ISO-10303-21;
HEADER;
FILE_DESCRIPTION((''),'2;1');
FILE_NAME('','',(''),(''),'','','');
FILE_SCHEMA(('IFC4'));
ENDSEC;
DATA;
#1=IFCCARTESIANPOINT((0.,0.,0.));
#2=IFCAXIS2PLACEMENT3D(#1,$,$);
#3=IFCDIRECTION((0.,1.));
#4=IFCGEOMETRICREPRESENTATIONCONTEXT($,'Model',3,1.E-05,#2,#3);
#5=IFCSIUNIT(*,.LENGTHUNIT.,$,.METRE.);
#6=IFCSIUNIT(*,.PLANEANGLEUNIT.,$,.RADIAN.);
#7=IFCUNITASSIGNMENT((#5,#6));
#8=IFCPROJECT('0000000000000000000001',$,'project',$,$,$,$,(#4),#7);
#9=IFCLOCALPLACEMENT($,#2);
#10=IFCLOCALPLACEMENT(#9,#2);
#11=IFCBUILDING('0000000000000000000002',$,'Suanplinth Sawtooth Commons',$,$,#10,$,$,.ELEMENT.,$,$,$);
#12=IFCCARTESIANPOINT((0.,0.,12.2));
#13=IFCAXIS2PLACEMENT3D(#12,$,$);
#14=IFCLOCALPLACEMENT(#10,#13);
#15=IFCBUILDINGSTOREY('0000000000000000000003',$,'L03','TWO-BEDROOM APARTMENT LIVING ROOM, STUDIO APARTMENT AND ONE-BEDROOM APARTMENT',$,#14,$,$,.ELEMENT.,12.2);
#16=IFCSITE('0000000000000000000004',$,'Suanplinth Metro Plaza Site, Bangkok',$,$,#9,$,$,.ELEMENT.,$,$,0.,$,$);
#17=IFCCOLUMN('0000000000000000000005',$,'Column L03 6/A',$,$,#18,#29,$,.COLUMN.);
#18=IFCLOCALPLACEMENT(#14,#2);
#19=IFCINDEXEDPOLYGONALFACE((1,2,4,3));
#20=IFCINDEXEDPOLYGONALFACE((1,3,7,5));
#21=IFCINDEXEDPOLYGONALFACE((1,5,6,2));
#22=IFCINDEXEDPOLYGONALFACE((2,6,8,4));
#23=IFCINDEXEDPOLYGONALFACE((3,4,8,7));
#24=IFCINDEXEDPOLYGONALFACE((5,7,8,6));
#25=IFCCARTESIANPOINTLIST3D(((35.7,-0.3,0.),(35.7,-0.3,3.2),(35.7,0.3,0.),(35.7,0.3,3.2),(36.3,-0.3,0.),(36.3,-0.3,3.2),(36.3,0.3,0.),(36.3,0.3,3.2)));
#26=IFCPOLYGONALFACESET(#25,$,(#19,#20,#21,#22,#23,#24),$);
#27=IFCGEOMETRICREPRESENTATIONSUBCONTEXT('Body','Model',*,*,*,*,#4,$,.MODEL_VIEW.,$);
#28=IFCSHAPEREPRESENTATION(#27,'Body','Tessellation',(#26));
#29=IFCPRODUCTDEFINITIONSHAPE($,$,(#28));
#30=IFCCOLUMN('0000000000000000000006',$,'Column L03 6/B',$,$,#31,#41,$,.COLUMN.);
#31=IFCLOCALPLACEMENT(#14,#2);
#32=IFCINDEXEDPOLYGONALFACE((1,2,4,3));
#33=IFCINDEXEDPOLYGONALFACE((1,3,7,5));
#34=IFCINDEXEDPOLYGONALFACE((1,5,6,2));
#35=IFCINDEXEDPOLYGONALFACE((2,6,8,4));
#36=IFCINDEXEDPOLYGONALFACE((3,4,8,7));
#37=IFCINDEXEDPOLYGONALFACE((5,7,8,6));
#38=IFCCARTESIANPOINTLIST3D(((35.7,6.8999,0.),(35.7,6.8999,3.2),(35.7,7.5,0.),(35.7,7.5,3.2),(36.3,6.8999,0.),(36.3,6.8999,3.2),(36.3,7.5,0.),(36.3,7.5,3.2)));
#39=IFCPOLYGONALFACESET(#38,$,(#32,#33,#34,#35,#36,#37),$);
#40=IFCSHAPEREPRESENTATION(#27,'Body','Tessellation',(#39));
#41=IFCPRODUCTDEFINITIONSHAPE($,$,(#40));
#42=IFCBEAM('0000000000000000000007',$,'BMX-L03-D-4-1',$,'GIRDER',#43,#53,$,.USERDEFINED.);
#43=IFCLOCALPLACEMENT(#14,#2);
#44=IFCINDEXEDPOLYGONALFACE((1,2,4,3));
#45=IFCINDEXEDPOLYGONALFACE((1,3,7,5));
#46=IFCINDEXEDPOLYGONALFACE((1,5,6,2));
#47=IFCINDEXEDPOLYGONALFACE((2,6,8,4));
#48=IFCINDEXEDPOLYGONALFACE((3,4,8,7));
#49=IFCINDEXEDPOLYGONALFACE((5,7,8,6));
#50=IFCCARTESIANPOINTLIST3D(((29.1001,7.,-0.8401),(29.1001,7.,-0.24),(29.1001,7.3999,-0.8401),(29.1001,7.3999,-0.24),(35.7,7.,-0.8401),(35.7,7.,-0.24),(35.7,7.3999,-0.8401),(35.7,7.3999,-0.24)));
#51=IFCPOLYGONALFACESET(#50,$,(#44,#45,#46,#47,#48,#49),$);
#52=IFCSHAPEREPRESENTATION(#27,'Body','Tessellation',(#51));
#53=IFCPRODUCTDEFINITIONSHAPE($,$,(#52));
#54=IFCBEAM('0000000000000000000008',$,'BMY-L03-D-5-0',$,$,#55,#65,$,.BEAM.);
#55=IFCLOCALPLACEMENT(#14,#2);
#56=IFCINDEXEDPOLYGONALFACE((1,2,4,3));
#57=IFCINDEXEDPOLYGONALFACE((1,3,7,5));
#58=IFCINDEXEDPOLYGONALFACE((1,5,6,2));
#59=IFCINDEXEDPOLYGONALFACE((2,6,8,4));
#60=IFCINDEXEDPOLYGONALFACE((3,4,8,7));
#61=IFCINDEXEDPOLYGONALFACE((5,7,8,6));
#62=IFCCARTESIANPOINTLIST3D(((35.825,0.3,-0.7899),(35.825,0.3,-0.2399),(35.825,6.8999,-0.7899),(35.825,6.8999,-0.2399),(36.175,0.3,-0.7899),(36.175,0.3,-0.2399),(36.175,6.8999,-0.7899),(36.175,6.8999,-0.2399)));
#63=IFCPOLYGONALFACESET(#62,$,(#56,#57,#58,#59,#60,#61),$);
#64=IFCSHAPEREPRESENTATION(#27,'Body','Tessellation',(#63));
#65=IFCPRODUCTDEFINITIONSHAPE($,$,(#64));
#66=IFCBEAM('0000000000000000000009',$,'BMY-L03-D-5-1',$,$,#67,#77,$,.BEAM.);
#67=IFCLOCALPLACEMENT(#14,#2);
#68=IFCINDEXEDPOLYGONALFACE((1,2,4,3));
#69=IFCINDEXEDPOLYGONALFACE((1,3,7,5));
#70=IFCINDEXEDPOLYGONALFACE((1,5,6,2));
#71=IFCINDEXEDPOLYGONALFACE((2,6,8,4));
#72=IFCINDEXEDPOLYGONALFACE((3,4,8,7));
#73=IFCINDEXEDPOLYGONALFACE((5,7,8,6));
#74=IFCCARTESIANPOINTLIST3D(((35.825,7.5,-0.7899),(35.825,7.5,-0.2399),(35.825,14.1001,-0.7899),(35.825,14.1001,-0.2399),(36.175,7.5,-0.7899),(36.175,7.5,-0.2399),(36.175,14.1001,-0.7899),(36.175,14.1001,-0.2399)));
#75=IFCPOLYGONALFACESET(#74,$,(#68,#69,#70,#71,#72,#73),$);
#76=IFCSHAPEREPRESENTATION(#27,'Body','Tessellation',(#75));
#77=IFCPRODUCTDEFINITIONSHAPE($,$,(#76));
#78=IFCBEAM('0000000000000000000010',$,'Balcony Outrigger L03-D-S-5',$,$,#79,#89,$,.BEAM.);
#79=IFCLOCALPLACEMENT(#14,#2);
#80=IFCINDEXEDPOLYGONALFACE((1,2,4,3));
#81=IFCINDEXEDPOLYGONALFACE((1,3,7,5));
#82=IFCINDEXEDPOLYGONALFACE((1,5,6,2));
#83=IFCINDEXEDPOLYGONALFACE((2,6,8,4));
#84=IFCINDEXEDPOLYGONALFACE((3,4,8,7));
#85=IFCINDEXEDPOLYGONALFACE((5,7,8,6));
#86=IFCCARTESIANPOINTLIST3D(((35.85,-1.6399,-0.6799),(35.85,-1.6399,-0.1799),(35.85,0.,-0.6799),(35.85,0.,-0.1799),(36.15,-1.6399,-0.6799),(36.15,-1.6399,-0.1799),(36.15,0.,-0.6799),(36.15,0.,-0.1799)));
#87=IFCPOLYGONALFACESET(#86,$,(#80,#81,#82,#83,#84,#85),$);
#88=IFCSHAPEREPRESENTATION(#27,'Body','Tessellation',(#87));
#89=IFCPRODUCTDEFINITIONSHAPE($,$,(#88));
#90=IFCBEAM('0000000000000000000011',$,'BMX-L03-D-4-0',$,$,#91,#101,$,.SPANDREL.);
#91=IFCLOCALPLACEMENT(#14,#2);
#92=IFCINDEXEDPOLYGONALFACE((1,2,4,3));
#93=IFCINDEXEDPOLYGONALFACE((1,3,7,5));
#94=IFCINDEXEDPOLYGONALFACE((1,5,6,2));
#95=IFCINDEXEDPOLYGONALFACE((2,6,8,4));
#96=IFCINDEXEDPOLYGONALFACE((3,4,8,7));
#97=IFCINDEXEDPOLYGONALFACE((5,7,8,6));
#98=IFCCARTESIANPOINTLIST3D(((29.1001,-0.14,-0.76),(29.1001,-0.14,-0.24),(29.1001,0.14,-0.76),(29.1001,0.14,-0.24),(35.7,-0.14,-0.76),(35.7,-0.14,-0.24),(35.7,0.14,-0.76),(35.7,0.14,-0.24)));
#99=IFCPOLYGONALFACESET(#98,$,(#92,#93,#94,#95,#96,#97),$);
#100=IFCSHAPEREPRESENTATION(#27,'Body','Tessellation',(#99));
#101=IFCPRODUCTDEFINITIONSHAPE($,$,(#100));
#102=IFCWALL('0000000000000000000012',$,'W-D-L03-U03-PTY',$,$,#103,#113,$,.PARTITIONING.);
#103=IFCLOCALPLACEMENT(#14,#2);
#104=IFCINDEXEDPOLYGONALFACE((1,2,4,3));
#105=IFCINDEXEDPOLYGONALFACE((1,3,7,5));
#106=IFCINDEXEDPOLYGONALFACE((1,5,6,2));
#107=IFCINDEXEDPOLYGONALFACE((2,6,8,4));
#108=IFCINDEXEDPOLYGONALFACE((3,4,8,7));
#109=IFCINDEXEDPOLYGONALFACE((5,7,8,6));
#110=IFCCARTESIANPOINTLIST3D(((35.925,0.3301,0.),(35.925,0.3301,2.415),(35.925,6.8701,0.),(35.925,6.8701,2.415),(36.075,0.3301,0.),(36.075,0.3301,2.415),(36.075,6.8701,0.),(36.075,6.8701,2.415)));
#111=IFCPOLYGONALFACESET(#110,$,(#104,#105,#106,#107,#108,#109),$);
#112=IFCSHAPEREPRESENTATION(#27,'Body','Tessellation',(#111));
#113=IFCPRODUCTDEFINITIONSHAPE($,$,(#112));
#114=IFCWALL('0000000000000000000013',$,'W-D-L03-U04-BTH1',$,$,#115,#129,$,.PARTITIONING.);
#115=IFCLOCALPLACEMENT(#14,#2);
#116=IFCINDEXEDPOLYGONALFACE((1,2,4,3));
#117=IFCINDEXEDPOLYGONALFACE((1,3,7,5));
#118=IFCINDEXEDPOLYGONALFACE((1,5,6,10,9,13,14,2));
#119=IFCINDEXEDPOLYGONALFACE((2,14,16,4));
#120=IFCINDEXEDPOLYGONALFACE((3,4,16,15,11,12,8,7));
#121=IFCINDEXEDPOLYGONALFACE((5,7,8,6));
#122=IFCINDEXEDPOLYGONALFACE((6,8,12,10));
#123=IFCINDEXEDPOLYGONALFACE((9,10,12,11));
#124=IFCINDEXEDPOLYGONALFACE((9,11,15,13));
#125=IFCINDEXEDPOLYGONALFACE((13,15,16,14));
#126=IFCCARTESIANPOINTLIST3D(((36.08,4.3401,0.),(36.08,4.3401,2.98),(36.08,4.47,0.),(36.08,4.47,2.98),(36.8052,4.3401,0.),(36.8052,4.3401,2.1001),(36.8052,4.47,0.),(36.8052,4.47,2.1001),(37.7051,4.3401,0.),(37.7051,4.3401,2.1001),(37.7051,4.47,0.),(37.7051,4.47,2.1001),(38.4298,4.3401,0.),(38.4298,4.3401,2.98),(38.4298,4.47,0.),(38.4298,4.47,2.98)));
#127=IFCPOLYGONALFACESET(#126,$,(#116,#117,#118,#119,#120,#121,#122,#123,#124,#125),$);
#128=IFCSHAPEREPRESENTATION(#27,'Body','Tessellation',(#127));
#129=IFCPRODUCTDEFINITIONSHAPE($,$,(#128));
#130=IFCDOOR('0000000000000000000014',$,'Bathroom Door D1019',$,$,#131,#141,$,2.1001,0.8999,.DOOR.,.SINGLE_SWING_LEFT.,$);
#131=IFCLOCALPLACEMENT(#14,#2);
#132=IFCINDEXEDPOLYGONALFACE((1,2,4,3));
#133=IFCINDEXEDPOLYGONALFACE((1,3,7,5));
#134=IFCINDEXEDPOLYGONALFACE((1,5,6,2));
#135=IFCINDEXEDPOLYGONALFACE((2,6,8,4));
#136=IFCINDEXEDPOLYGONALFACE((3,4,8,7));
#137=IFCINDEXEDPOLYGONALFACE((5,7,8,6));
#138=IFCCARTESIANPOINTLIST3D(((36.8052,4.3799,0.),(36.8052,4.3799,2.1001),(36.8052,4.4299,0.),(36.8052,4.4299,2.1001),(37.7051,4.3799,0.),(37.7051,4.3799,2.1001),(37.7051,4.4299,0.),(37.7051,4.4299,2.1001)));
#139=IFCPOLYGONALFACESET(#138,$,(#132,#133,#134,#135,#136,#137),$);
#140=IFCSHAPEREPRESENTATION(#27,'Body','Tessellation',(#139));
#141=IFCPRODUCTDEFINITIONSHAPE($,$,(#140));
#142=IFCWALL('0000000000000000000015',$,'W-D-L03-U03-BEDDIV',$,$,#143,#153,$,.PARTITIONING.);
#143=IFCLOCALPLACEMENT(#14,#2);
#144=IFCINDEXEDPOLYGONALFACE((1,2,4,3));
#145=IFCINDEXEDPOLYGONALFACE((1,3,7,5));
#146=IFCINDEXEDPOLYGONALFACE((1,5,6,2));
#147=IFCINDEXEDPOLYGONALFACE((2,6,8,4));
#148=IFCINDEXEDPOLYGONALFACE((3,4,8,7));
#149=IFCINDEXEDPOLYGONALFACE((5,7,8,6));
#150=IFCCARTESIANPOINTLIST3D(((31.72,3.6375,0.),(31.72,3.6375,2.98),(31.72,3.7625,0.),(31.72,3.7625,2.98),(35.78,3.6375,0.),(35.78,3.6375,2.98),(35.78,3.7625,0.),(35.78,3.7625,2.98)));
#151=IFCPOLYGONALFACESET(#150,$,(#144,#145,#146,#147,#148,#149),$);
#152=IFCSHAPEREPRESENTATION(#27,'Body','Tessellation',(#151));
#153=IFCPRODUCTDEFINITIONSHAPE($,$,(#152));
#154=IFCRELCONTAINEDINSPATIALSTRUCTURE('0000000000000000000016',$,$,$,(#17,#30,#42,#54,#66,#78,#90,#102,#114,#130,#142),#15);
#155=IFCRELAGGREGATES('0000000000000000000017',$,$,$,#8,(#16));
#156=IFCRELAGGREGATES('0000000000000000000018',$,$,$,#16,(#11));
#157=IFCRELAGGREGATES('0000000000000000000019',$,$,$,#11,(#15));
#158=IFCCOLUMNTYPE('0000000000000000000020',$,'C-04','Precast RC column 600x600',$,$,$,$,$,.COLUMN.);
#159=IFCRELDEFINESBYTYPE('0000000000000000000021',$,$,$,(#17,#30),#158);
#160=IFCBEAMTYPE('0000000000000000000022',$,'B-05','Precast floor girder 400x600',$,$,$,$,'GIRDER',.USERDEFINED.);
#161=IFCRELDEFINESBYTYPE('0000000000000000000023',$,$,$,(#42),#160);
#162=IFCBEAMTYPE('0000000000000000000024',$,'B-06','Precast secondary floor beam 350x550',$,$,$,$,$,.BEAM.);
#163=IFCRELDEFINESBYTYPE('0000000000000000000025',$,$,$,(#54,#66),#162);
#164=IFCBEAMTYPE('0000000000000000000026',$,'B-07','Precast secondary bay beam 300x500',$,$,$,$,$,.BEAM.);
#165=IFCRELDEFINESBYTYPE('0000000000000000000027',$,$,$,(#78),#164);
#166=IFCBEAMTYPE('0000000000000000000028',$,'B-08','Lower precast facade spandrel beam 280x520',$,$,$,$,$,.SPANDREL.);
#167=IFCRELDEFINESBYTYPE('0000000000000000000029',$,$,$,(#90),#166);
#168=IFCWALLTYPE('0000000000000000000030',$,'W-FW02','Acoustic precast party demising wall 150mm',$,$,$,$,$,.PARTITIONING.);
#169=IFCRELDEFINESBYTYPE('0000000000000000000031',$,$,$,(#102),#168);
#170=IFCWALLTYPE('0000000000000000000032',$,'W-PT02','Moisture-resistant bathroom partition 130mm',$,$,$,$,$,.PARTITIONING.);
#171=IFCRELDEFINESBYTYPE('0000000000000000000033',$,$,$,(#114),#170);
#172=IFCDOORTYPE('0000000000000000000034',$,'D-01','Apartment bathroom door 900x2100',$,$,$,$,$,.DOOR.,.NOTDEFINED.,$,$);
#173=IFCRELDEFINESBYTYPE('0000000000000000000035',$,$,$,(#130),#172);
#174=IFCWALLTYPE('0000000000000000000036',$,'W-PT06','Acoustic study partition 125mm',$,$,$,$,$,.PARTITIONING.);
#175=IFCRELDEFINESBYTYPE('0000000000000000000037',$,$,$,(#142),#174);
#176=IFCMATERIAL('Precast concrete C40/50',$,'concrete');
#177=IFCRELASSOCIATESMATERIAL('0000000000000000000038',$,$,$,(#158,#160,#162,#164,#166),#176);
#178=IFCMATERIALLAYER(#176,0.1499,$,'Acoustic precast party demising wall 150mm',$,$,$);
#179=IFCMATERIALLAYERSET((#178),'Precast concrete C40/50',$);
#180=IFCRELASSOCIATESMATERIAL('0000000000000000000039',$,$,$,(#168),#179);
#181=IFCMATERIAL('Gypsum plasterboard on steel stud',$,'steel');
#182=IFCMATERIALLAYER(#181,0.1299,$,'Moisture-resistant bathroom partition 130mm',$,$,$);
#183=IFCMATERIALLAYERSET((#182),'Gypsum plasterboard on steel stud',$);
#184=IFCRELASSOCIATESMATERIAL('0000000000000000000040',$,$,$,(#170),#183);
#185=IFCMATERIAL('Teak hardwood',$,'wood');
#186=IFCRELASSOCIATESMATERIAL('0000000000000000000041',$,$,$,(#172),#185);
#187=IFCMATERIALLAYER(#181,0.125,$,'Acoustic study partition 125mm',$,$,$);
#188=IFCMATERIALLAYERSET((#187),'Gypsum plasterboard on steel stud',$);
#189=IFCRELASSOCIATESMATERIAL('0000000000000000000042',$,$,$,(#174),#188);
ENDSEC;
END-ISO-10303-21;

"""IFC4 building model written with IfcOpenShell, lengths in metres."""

from ifc_helpers import new_model, si_unit, direction, frame, frame_2d, origin, origin_2d, place, context, subcontext, project, spatial, rectangle, extrude, material, layer, layer_set, material_profile, profile_set, type_object, element, fill, save


model = new_model("IFC4")

# Units and contexts
model_context = context("Model", 3, precision=1e-05, world=origin(), true_north=direction((0.0, 1.0)))
body_context = subcontext(model_context, "Body", "Model", "MODEL_VIEW")
ifc_project = project(units=[si_unit("LENGTHUNIT", "METRE"), si_unit("PLANEANGLEUNIT", "RADIAN")], contexts=[model_context])

# Site, building, storey
site_placement = place(None, origin())
site = spatial("IfcSite", under=ifc_project, at=site_placement, Name="Suanplinth Metro Plaza Site, Bangkok", CompositionType="ELEMENT", RefElevation=0.0)
building_placement = place(site_placement, origin())
building = spatial("IfcBuilding", under=site, at=building_placement, Name="Suanplinth Sawtooth Commons", CompositionType="ELEMENT")
storey_placement = place(building_placement, frame((0.0, 0.0, 12.2)))
storey = spatial("IfcBuildingStorey", under=building, at=storey_placement, Name="L03", Description="TWO-BEDROOM APARTMENT LIVING ROOM, STUDIO APARTMENT AND ONE-BEDROOM APARTMENT", CompositionType="ELEMENT", Elevation=12.2)

# Columns
ifc_material_1 = material(Name="Precast concrete C40/50", Category="concrete")
ifc_material_profile_1 = material_profile(ifc_material_1, rectangle(XDim=0.6001, YDim=0.6001, at=origin_2d()), Name="PC-COL 600x600")
ifc_profile_set_1 = profile_set([ifc_material_profile_1], Name="Precast concrete C40/50")
column_type = type_object("IfcColumnType", Name="C-04", Description="Precast RC column 600x600", PredefinedType="COLUMN", material=ifc_profile_set_1)
for number, where, z_axis, x_axis, name in (
    (1, (36.0, 0.0, 0.0), (0.0, 0.0, 1.0), (1.0, 0.0, 0.0), "Column L03 6/A"),
    (2, (36.0, 7.2, 0.0), (0.0, 0.0, 1.0), (1.0, 0.0, 0.0), "Column L03 6/B"),
):
    element("IfcColumn", number, at=place(storey_placement, frame(where, z_axis=z_axis, x_axis=x_axis)), inside=storey, type_object=column_type, Name=name, PredefinedType="COLUMN", context=body_context, shape_type="SweptSolid", body=[
        extrude(rectangle(XDim=0.6001, YDim=0.6001, at=origin_2d()), origin(), (0.0, 0.0, 1.0), 3.2),
    ])

# Beams
ifc_material_profile_2 = material_profile(ifc_material_1, rectangle(XDim=0.3999, YDim=0.6001, at=origin_2d()), Name="PC-GDR 400x600")
ifc_profile_set_2 = profile_set([ifc_material_profile_2], Name="Precast concrete C40/50")
beam_type_1 = type_object("IfcBeamType", Name="B-05", Description="Precast floor girder 400x600", ElementType="GIRDER", PredefinedType="USERDEFINED", material=ifc_profile_set_2)
beam_1_placement = place(storey_placement, frame((29.1001, 7.2, -0.54), z_axis=(1.0, 0.0, 0.0), x_axis=(0.0, 1.0, 0.0)))
element("IfcBeam", 3, at=beam_1_placement, inside=storey, type_object=beam_type_1, Name="BMX-L03-D-4-1", ObjectType="GIRDER", PredefinedType="USERDEFINED", context=body_context, shape_type="SweptSolid", body=[
    extrude(rectangle(XDim=0.3999, YDim=0.6001, at=origin_2d()), origin(), (0.0, 0.0, 1.0), 6.5999),
])
ifc_material_profile_3 = material_profile(ifc_material_1, rectangle(XDim=0.3501, YDim=0.55, at=origin_2d()), Name="PC-BM 350x550")
ifc_profile_set_3 = profile_set([ifc_material_profile_3], Name="Precast concrete C40/50")
beam_type_2 = type_object("IfcBeamType", Name="B-06", Description="Precast secondary floor beam 350x550", PredefinedType="BEAM", material=ifc_profile_set_3)
beam_2_placement = place(storey_placement, frame((36.0, 0.3, -0.5149), z_axis=(0.0, 1.0, 0.0), x_axis=(-1.0, 0.0, 0.0)))
element("IfcBeam", 4, at=beam_2_placement, inside=storey, type_object=beam_type_2, Name="BMY-L03-D-5-0", PredefinedType="BEAM", context=body_context, shape_type="SweptSolid", body=[
    extrude(rectangle(XDim=0.3501, YDim=0.55, at=origin_2d()), origin(), (0.0, 0.0, 1.0), 6.5999),
])
beam_3_placement = place(storey_placement, frame((36.0, 7.5, -0.5149), z_axis=(0.0, 1.0, 0.0), x_axis=(-1.0, 0.0, 0.0)))
element("IfcBeam", 5, at=beam_3_placement, inside=storey, type_object=beam_type_2, Name="BMY-L03-D-5-1", PredefinedType="BEAM", context=body_context, shape_type="SweptSolid", body=[
    extrude(rectangle(XDim=0.3501, YDim=0.55, at=origin_2d()), origin(), (0.0, 0.0, 1.0), 6.6001),
])
ifc_material_profile_4 = material_profile(ifc_material_1, rectangle(XDim=0.3, YDim=0.5, at=origin_2d()), Name="PC-BM 300x500")
ifc_profile_set_4 = profile_set([ifc_material_profile_4], Name="Precast concrete C40/50")
beam_type_3 = type_object("IfcBeamType", Name="B-07", Description="Precast secondary bay beam 300x500", PredefinedType="BEAM", material=ifc_profile_set_4)
beam_4_placement = place(storey_placement, frame((36.0, 0.0, -0.4299), z_axis=(0.0, -1.0, 0.0), x_axis=(1.0, 0.0, 0.0)))
element("IfcBeam", 6, at=beam_4_placement, inside=storey, type_object=beam_type_3, Name="Balcony Outrigger L03-D-S-5", PredefinedType="BEAM", context=body_context, shape_type="SweptSolid", body=[
    extrude(rectangle(XDim=0.3, YDim=0.5, at=origin_2d()), origin(), (0.0, 0.0, 1.0), 1.6399),
])
ifc_material_profile_5 = material_profile(ifc_material_1, rectangle(XDim=0.28, YDim=0.52, at=origin_2d()), Name="PC-SP 280x520")
ifc_profile_set_5 = profile_set([ifc_material_profile_5], Name="Precast concrete C40/50")
beam_type_4 = type_object("IfcBeamType", Name="B-08", Description="Lower precast facade spandrel beam 280x520", PredefinedType="SPANDREL", material=ifc_profile_set_5)
beam_5_placement = place(storey_placement, frame((29.1001, 0.0, -0.5), z_axis=(1.0, 0.0, 0.0), x_axis=(0.0, 1.0, 0.0)))
element("IfcBeam", 7, at=beam_5_placement, inside=storey, type_object=beam_type_4, Name="BMX-L03-D-4-0", PredefinedType="SPANDREL", context=body_context, shape_type="SweptSolid", body=[
    extrude(rectangle(XDim=0.28, YDim=0.52, at=origin_2d()), origin(), (0.0, 0.0, 1.0), 6.5999),
])

# Wall
ifc_layer_1 = layer(ifc_material_1, 0.1499, Name="Acoustic precast party demising wall 150mm")
ifc_layer_set_1 = layer_set([ifc_layer_1], Name="Precast concrete C40/50")
wall_type_1 = type_object("IfcWallType", Name="W-FW02", Description="Acoustic precast party demising wall 150mm", PredefinedType="PARTITIONING", material=ifc_layer_set_1)
wall_1_placement = place(storey_placement, frame((36.0, 0.3301, 0.0), z_axis=(0.0, 0.0, 1.0), x_axis=(0.0, 1.0, 0.0)))
element("IfcWall", 8, at=wall_1_placement, inside=storey, type_object=wall_type_1, Name="W-D-L03-U03-PTY", PredefinedType="PARTITIONING", context=body_context, shape_type="SweptSolid", body=[
    extrude(rectangle(XDim=6.54, YDim=0.1499, at=frame_2d((3.27, 0.0))), origin(), (0.0, 0.0, 1.0), 2.415),
])

# Wall, opening, door
ifc_material_2 = material(Name="Gypsum plasterboard on steel stud", Category="steel")
ifc_layer_2 = layer(ifc_material_2, 0.1299, Name="Moisture-resistant bathroom partition 130mm")
ifc_layer_set_2 = layer_set([ifc_layer_2], Name="Gypsum plasterboard on steel stud")
wall_type_2 = type_object("IfcWallType", Name="W-PT02", Description="Moisture-resistant bathroom partition 130mm", PredefinedType="PARTITIONING", material=ifc_layer_set_2)
wall_2_placement = place(storey_placement, frame((36.0801, 4.405, 0.0), z_axis=(0.0, 0.0, 1.0), x_axis=(1.0, 0.0, 0.0)))
wall_2 = element("IfcWall", 9, at=wall_2_placement, inside=storey, type_object=wall_type_2, Name="W-D-L03-U04-BTH1", PredefinedType="PARTITIONING", context=body_context, shape_type="SweptSolid", body=[
    extrude(rectangle(XDim=2.3499, YDim=0.1299, at=frame_2d((1.1748, 0.0))), origin(), (0.0, 0.0, 1.0), 2.98),
])
opening_1_placement = place(wall_2_placement, frame((0.7251, 0.0, 0.0)))
opening_1 = element("IfcOpeningElement", 10, at=opening_1_placement, cuts=wall_2, PredefinedType="OPENING", context=body_context, shape_type="SweptSolid", body=[
    extrude(rectangle(XDim=0.8999, YDim=2.1001, at=frame_2d((0.45, 1.05))), frame((0.0, 0.0798, 0.0), z_axis=(0.0, -1.0, 0.0), x_axis=(1.0, 0.0, 0.0)), (0.0, 0.0, 1.0), 0.1597),
])
ifc_material_3 = material(Name="Teak hardwood", Category="wood")
door_type_1 = type_object("IfcDoorType", Name="D-01", Description="Apartment bathroom door 900x2100", OperationType="NOTDEFINED", PredefinedType="DOOR", material=ifc_material_3)
door_1_placement = place(opening_1_placement, origin())
door_1 = element("IfcDoor", 11, at=door_1_placement, inside=storey, type_object=door_type_1, Name="Bathroom Door D1019", OperationType="SINGLE_SWING_LEFT", OverallHeight=2.1001, OverallWidth=0.8999, PredefinedType="DOOR", context=body_context, shape_type="SweptSolid", body=[
    extrude(rectangle(XDim=0.8999, YDim=2.1001, at=frame_2d((0.45, 1.05))), frame((0.0, 0.0249, 0.0), z_axis=(0.0, -1.0, 0.0), x_axis=(1.0, 0.0, 0.0)), (0.0, 0.0, 1.0), 0.05),
])
fill(opening_1, door_1)

# Wall
ifc_layer_3 = layer(ifc_material_2, 0.125, Name="Acoustic study partition 125mm")
ifc_layer_set_3 = layer_set([ifc_layer_3], Name="Gypsum plasterboard on steel stud")
wall_type_3 = type_object("IfcWallType", Name="W-PT06", Description="Acoustic study partition 125mm", PredefinedType="PARTITIONING", material=ifc_layer_set_3)
wall_3_placement = place(storey_placement, frame((31.72, 3.7, 0.0), z_axis=(0.0, 0.0, 1.0), x_axis=(1.0, 0.0, 0.0)))
element("IfcWall", 12, at=wall_3_placement, inside=storey, type_object=wall_type_3, Name="W-D-L03-U03-BEDDIV", PredefinedType="PARTITIONING", context=body_context, shape_type="SweptSolid", body=[
    extrude(rectangle(XDim=4.0601, YDim=0.125, at=frame_2d((2.03, 0.0))), origin(), (0.0, 0.0, 1.0), 2.98),
])

save(model, "model.ifc")
